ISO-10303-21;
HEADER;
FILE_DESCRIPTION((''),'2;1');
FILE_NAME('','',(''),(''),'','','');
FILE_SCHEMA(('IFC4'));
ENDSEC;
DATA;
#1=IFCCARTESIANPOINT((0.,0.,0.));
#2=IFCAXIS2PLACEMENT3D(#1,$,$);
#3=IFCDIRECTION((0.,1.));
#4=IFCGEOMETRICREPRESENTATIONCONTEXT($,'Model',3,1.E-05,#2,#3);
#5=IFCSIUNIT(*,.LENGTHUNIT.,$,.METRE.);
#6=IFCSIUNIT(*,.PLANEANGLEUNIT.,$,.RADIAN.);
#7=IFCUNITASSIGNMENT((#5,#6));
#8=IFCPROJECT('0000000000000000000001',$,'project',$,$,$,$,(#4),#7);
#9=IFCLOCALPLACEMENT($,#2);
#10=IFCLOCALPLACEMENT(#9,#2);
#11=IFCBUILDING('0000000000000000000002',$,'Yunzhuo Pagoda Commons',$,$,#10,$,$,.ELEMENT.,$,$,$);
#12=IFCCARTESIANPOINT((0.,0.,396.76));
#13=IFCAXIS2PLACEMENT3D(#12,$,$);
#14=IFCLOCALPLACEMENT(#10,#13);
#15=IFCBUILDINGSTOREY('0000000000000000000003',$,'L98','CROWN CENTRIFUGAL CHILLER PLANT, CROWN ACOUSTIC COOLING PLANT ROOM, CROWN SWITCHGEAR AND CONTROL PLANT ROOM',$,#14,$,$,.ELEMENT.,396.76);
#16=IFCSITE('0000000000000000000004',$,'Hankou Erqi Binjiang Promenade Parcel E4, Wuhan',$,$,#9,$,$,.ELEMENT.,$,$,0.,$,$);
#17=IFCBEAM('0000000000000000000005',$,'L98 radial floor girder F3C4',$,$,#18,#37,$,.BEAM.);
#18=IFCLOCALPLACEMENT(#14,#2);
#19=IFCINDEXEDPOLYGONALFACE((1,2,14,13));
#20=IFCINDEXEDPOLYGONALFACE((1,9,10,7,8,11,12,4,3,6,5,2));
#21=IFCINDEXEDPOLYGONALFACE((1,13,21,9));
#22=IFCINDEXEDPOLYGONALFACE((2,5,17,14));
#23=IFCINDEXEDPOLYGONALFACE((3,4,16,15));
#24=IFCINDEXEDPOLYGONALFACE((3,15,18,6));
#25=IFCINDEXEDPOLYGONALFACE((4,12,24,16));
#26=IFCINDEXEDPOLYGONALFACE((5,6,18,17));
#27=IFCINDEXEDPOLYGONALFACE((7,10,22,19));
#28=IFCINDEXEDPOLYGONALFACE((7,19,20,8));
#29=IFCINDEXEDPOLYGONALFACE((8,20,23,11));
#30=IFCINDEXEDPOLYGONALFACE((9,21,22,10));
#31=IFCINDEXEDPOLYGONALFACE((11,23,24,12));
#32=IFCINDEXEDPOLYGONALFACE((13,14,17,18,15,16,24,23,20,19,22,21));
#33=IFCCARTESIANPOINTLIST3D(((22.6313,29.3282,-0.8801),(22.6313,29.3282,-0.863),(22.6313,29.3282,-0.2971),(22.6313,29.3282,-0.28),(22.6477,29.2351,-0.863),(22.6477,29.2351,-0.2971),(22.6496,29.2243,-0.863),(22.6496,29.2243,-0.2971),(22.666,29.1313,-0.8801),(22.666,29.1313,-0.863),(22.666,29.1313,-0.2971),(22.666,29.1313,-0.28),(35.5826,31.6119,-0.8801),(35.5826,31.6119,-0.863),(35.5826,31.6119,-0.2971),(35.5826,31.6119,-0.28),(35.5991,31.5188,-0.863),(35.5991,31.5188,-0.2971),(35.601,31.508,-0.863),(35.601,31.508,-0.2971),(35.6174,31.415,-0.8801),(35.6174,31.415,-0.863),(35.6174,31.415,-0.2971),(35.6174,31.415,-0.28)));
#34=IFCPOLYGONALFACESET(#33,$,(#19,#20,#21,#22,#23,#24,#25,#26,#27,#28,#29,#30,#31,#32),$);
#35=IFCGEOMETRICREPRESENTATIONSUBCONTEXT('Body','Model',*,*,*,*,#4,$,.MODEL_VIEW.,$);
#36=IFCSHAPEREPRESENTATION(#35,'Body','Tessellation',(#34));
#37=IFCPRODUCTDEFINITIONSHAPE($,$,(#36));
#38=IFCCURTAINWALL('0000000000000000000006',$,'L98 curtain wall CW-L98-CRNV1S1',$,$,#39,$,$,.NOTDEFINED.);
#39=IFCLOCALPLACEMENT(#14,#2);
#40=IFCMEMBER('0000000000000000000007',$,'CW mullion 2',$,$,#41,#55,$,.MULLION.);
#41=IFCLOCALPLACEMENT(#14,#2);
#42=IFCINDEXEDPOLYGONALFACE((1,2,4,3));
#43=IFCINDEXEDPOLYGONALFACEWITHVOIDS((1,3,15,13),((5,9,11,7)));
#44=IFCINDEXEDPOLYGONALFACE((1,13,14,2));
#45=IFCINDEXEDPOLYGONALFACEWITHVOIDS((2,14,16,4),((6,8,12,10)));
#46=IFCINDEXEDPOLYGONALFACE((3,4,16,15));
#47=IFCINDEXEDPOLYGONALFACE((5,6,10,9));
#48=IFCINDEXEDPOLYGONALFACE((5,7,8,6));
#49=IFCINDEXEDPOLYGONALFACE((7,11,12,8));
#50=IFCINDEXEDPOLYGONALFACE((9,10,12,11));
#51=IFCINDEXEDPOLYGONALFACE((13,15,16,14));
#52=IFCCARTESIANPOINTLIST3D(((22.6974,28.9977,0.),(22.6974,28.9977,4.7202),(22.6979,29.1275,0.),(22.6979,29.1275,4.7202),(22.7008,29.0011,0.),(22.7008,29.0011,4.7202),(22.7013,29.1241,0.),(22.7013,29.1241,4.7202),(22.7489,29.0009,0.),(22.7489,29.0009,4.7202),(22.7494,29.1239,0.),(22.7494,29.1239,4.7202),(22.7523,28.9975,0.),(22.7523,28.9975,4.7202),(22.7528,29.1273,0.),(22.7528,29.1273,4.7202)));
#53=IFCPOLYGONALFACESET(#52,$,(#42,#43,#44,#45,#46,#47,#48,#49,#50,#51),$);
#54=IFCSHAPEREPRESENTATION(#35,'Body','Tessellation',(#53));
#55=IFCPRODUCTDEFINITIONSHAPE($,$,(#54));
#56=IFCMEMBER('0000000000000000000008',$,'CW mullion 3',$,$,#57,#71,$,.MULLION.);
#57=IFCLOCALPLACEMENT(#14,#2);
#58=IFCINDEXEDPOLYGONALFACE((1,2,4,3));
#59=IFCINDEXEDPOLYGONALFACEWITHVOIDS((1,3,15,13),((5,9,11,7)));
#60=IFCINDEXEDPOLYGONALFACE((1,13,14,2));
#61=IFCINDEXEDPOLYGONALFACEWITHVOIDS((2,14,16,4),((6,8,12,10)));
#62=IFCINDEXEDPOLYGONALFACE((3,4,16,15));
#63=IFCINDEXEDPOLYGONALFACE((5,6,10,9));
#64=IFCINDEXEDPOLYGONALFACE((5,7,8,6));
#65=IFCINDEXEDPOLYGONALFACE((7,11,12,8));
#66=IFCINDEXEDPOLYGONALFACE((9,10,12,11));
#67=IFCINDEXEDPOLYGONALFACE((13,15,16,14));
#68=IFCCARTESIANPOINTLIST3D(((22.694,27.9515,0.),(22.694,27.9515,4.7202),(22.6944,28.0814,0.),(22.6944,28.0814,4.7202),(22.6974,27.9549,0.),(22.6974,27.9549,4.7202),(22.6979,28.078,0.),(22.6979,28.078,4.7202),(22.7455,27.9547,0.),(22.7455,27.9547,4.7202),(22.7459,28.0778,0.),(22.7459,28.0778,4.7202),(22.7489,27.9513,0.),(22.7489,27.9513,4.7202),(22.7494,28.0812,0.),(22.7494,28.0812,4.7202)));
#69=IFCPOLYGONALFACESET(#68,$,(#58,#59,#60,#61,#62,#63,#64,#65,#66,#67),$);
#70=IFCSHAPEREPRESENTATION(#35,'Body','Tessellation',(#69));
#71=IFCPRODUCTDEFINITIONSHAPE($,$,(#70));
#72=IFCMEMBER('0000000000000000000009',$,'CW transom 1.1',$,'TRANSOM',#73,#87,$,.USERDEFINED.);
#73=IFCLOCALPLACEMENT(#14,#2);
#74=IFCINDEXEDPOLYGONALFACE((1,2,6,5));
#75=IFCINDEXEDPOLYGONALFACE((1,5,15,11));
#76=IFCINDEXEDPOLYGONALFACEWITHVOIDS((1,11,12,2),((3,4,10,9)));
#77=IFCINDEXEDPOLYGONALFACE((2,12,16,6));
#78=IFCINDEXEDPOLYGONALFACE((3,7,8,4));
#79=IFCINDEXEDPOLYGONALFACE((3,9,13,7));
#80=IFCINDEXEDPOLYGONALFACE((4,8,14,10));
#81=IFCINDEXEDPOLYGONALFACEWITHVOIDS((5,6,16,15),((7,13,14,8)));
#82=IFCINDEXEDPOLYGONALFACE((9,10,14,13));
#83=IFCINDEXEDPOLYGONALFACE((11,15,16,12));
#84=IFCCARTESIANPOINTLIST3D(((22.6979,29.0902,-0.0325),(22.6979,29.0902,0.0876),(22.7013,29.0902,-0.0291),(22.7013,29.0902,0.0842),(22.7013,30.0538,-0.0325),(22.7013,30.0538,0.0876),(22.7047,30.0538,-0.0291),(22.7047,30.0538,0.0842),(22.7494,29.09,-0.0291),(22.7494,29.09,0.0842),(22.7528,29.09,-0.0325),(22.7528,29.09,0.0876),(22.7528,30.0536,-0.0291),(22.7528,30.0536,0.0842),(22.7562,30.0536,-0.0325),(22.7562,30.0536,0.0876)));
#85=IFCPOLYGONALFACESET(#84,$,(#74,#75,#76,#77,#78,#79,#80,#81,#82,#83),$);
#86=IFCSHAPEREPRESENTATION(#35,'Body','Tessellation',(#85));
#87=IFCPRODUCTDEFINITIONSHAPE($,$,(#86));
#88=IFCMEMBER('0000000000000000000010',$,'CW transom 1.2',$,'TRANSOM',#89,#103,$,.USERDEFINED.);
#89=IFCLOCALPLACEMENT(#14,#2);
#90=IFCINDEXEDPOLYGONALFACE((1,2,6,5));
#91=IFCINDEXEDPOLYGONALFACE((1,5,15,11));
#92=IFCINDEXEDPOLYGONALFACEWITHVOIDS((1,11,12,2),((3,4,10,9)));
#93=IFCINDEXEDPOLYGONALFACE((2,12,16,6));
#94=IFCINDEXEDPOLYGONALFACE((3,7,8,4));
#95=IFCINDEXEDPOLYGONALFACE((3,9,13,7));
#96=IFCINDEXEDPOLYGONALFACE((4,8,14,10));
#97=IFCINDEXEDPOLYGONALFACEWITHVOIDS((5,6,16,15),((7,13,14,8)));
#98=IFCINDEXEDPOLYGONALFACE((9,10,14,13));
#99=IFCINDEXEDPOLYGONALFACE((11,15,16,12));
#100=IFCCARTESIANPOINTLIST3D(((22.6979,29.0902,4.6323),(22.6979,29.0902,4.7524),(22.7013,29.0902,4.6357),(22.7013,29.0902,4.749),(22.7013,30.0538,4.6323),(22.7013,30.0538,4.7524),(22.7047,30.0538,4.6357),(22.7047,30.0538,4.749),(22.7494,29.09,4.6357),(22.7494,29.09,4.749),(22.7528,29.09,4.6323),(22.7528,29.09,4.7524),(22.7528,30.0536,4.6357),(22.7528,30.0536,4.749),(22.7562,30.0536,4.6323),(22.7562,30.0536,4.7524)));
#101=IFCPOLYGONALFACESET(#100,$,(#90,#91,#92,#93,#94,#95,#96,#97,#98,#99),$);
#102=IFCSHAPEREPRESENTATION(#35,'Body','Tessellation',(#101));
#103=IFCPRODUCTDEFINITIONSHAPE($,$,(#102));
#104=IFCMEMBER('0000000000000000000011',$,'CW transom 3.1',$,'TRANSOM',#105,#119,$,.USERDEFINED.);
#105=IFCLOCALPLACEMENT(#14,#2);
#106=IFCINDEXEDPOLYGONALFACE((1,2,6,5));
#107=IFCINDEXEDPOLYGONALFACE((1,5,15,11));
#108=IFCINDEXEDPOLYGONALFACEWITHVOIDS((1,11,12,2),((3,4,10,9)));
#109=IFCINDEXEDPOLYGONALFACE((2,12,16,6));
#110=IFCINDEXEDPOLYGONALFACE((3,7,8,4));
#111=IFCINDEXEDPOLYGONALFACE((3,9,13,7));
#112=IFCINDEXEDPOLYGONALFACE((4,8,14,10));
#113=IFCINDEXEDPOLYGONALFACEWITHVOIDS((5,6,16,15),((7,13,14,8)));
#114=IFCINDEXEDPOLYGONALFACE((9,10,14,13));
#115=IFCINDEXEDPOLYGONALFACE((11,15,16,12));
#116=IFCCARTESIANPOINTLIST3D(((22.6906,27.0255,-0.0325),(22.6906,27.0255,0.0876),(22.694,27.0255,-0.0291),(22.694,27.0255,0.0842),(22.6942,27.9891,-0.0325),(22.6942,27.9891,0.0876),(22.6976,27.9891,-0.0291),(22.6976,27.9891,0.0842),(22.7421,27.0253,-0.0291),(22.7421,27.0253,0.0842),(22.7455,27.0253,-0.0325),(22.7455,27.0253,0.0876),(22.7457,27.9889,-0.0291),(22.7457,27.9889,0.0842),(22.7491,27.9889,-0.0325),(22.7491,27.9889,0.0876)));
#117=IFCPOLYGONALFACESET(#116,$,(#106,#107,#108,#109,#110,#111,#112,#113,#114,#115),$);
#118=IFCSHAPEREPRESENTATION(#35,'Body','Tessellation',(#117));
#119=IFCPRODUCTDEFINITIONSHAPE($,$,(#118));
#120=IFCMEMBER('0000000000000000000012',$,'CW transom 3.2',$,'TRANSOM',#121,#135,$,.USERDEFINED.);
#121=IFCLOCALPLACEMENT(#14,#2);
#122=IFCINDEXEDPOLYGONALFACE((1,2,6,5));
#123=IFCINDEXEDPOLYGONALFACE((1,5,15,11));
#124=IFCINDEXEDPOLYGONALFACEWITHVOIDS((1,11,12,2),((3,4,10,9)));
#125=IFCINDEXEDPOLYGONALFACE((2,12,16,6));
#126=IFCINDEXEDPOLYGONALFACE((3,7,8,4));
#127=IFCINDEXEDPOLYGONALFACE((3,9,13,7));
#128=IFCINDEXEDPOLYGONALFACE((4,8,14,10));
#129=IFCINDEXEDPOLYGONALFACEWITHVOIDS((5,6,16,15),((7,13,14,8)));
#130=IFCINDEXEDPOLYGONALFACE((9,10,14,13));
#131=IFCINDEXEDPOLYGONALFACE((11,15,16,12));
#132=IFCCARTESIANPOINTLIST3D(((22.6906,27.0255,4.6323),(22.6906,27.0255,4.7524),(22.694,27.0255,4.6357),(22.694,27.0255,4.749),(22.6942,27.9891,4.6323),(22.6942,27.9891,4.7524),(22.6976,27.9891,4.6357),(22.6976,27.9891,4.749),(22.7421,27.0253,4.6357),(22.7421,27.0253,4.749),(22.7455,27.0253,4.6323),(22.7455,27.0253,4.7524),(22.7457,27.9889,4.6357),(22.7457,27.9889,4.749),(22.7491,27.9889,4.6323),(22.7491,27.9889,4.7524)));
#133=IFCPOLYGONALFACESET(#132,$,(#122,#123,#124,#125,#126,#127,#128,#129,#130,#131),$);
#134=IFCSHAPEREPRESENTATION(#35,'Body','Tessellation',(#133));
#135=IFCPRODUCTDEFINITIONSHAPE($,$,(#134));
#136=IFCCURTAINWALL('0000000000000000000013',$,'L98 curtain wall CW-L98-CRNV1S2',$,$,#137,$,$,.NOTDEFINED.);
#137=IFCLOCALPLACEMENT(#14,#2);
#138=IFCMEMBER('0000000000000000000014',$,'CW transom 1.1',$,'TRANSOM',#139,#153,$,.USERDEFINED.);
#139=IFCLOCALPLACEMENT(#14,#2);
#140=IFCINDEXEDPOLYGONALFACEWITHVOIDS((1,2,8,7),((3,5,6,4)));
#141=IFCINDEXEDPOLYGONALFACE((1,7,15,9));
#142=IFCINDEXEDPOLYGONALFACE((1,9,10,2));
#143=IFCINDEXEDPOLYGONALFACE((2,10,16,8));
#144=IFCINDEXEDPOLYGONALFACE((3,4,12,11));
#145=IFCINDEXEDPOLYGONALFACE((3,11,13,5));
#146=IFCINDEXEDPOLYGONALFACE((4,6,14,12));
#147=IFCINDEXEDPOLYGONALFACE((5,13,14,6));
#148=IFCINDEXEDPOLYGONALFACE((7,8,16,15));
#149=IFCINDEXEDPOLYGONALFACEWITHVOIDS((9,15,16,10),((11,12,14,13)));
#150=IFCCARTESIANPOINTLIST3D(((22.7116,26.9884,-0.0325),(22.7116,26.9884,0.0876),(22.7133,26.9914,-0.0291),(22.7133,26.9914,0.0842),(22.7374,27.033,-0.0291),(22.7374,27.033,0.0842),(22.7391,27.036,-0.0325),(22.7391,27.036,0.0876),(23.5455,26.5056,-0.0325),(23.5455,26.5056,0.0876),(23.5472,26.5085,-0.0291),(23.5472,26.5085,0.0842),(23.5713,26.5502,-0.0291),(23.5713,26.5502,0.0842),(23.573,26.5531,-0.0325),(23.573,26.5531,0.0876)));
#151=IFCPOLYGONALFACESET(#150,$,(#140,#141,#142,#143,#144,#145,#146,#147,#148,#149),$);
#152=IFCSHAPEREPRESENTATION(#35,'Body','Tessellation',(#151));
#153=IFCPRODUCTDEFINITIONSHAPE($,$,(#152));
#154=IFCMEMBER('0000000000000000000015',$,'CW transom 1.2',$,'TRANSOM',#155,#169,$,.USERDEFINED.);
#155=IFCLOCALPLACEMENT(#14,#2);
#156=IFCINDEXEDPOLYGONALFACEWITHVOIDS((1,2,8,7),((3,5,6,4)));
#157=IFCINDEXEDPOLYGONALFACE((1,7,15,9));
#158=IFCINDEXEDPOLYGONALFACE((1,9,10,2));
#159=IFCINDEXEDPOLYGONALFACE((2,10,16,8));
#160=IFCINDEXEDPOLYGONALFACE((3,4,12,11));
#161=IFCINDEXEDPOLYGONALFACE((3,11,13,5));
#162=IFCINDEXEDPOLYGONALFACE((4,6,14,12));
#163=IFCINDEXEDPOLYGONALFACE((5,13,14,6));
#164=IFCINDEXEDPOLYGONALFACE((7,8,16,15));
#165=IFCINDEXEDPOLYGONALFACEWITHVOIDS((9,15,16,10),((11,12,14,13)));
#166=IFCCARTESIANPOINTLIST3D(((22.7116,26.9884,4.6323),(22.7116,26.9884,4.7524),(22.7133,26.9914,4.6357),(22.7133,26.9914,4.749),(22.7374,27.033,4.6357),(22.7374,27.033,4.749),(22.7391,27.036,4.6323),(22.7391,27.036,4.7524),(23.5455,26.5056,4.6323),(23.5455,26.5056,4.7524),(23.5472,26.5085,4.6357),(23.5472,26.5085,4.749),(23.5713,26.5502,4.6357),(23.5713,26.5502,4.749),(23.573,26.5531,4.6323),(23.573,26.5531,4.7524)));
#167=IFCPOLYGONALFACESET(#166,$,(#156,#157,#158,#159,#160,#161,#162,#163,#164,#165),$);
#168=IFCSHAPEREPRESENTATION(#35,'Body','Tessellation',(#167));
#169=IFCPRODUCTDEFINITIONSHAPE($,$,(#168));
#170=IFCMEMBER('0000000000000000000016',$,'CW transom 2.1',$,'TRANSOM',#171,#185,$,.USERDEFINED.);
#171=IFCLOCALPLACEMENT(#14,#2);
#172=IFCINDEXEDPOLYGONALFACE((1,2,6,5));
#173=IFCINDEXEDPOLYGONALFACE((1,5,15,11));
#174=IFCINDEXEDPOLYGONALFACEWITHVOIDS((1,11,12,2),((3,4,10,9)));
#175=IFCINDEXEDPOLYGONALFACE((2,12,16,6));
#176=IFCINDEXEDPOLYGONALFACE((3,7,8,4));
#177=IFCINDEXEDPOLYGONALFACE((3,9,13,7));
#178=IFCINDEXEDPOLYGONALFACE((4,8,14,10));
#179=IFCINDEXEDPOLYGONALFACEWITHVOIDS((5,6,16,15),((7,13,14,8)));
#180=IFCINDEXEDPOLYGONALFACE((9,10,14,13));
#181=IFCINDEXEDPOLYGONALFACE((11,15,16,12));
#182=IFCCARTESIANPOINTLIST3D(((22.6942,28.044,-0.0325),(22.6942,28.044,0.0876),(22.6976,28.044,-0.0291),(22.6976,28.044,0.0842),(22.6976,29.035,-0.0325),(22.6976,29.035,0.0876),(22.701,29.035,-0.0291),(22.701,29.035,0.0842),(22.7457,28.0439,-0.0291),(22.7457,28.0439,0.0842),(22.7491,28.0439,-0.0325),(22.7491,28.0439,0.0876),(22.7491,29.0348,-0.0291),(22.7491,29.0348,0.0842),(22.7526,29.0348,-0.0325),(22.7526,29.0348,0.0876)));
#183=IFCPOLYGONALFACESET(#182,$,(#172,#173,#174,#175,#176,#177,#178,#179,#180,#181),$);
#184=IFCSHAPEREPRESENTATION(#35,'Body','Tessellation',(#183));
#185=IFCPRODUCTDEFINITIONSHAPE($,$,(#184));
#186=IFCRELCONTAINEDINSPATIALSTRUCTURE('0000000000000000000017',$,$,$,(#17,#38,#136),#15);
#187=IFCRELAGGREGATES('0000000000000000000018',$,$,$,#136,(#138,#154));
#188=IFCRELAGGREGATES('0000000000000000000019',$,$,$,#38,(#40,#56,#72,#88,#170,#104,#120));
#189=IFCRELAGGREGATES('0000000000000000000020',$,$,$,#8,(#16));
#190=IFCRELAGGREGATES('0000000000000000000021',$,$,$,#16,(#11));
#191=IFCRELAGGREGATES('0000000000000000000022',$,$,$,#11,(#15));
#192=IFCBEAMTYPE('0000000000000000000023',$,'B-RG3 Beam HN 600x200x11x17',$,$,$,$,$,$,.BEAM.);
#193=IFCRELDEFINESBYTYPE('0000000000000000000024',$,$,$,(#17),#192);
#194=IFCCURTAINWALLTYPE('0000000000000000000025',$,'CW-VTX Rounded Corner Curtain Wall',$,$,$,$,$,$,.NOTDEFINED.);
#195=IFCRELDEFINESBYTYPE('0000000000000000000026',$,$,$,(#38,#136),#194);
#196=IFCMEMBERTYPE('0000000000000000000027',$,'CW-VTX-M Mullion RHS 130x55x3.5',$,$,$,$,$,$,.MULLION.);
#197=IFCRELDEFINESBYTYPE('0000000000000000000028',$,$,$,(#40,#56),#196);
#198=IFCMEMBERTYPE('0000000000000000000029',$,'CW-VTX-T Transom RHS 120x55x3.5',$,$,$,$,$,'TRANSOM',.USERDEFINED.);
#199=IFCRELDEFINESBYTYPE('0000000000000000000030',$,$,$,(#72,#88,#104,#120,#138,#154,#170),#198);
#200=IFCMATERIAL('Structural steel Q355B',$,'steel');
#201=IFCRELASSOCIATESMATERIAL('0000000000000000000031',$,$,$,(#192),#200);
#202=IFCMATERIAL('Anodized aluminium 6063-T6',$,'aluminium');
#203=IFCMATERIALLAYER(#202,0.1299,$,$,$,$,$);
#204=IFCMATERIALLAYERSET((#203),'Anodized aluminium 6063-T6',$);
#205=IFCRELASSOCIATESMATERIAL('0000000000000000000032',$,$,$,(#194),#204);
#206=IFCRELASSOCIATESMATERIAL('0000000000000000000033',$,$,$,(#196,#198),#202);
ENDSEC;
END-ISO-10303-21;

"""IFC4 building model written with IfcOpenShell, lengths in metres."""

from ifc_helpers import new_model, si_unit, direction, frame, origin, origin_2d, place, context, subcontext, project, spatial, hollow_rectangle, i_section, extrude, source, transform, mapped, material, layer, layer_set, material_profile, profile_set, type_object, element, aggregate, save


model = new_model("IFC4")

# Units and contexts
model_context = context("Model", 3, precision=1e-05, world=origin(), true_north=direction((0.0, 1.0)))
body_context = subcontext(model_context, "Body", "Model", "MODEL_VIEW")
ifc_project = project(units=[si_unit("LENGTHUNIT", "METRE"), si_unit("PLANEANGLEUNIT", "RADIAN")], contexts=[model_context])

# Site, building, storey
site_placement = place(None, origin())
site = spatial("IfcSite", under=ifc_project, at=site_placement, Name="Hankou Erqi Binjiang Promenade Parcel E4, Wuhan", CompositionType="ELEMENT", RefElevation=0.0)
building_placement = place(site_placement, origin())
building = spatial("IfcBuilding", under=site, at=building_placement, Name="Yunzhuo Pagoda Commons", CompositionType="ELEMENT")
storey_placement = place(building_placement, frame((0.0, 0.0, 396.76)))
storey = spatial("IfcBuildingStorey", under=building, at=storey_placement, Name="L98", Description="CROWN CENTRIFUGAL CHILLER PLANT, CROWN ACOUSTIC COOLING PLANT ROOM, CROWN SWITCHGEAR AND CONTROL PLANT ROOM", CompositionType="ELEMENT", Elevation=396.76)

# Beam
ifc_material_1 = material(Name="Structural steel Q355B", Category="steel")
ifc_material_profile_1 = material_profile(ifc_material_1, i_section(OverallWidth=0.2, OverallDepth=0.6001, WebThickness=0.011, FlangeThickness=0.0171, at=origin_2d()), Name="Structural steel Q355B")
ifc_profile_set_1 = profile_set([ifc_material_profile_1], Name="Structural steel Q355B")
beam_type = type_object("IfcBeamType", Name="B-RG3 Beam HN 600x200x11x17", PredefinedType="BEAM", material=ifc_profile_set_1)
shared_shape_1 = source(origin(), body_context, "Body", "SweptSolid", [
    extrude(i_section(OverallWidth=0.2, OverallDepth=0.6001, WebThickness=0.011, FlangeThickness=0.0171, at=origin_2d()), origin(), (0.0, 0.0, 1.0), 13.1511),
])
beam_placement = place(storey_placement, frame((22.6487, 29.2297, -0.5801), z_axis=(0.984808, 0.173649, 0.0), x_axis=(-0.173649, 0.984808, 0.0)))
element("IfcBeam", 1, at=beam_placement, inside=storey, type_object=beam_type, Name="L98 radial floor girder F3C4", PredefinedType="BEAM", context=body_context, shape_type="MappedRepresentation", body=[
    mapped(shared_shape_1, transform((0.0, 0.0, 0.0), scale=1.0)),
])

# Curtain walls, members
ifc_material_2 = material(Name="Anodized aluminium 6063-T6", Category="aluminium")
ifc_layer_1 = layer(ifc_material_2, 0.1299)
ifc_layer_set_1 = layer_set([ifc_layer_1], Name="Anodized aluminium 6063-T6")
curtain_wall_type = type_object("IfcCurtainWallType", Name="CW-VTX Rounded Corner Curtain Wall", PredefinedType="NOTDEFINED", material=ifc_layer_set_1)
curtain_wall_1_placement = place(storey_placement, origin())
curtain_wall_1 = element("IfcCurtainWall", 2, at=curtain_wall_1_placement, inside=storey, type_object=curtain_wall_type, Name="L98 curtain wall CW-L98-CRNV1S1", PredefinedType="NOTDEFINED")
ifc_material_profile_2 = material_profile(ifc_material_2, hollow_rectangle(XDim=0.0549, YDim=0.1299, WallThickness=0.0034, at=origin_2d()), Name="Anodized aluminium 6063-T6")
ifc_profile_set_2 = profile_set([ifc_material_profile_2], Name="Anodized aluminium 6063-T6")
member_type_1 = type_object("IfcMemberType", Name="CW-VTX-M Mullion RHS 130x55x3.5", PredefinedType="MULLION", material=ifc_profile_set_2)
shared_shape_2 = source(origin(), body_context, "Body", "SweptSolid", [
    extrude(hollow_rectangle(XDim=0.0549, YDim=0.1299, WallThickness=0.0034, at=origin_2d()), origin(), (0.0, 0.0, 1.0), 4.7202),
])
member_1_placement = place(storey_placement, frame((22.7251, 29.0625, 0.0), z_axis=(0.0, 0.0, 1.0), x_axis=(0.999994, -0.003569, 0.0)))
member_1 = element("IfcMember", 3, at=member_1_placement, type_object=member_type_1, Name="CW mullion 2", PredefinedType="MULLION", context=body_context, shape_type="MappedRepresentation", body=[
    mapped(shared_shape_2, transform((0.0, 0.0, 0.0), scale=1.0)),
])
member_2_placement = place(storey_placement, frame((22.7217, 28.0164, 0.0), z_axis=(0.0, 0.0, 1.0), x_axis=(0.999994, -0.003569, 0.0)))
member_2 = element("IfcMember", 4, at=member_2_placement, type_object=member_type_1, Name="CW mullion 3", PredefinedType="MULLION", context=body_context, shape_type="MappedRepresentation", body=[
    mapped(shared_shape_2, transform((0.0, 0.0, 0.0), scale=1.0)),
])
ifc_material_profile_3 = material_profile(ifc_material_2, hollow_rectangle(XDim=0.0549, YDim=0.1201, WallThickness=0.0034, at=origin_2d()), Name="Anodized aluminium 6063-T6")
ifc_profile_set_3 = profile_set([ifc_material_profile_3], Name="Anodized aluminium 6063-T6")
member_type_2 = type_object("IfcMemberType", Name="CW-VTX-T Transom RHS 120x55x3.5", ElementType="TRANSOM", PredefinedType="USERDEFINED", material=ifc_profile_set_3)
shared_shape_3 = source(origin(), body_context, "Body", "SweptSolid", [
    extrude(hollow_rectangle(XDim=0.0549, YDim=0.1201, WallThickness=0.0034, at=origin_2d()), origin(), (0.0, 0.0, 1.0), 0.9636),
])
member_3_placement = place(storey_placement, frame((22.7288, 30.0537, 0.0276), z_axis=(-0.003547, -0.999994, 0.0), x_axis=(0.999994, -0.003547, 0.0)))
member_3 = element("IfcMember", 5, at=member_3_placement, type_object=member_type_2, Name="CW transom 1.1", ObjectType="TRANSOM", PredefinedType="USERDEFINED", context=body_context, shape_type="MappedRepresentation", body=[
    mapped(shared_shape_3, transform((0.0, 0.0, 0.0), scale=1.0)),
])
member_4_placement = place(storey_placement, frame((22.7288, 30.0537, 4.6924), z_axis=(-0.003547, -0.999994, 0.0), x_axis=(0.999994, -0.003547, 0.0)))
member_4 = element("IfcMember", 6, at=member_4_placement, type_object=member_type_2, Name="CW transom 1.2", ObjectType="TRANSOM", PredefinedType="USERDEFINED", context=body_context, shape_type="MappedRepresentation", body=[
    mapped(shared_shape_3, transform((0.0, 0.0, 0.0), scale=1.0)),
])
member_5_placement = place(storey_placement, frame((22.7217, 27.989, 0.0276), z_axis=(-0.0038, -0.999993, 0.0), x_axis=(0.999993, -0.0038, 0.0)))
member_5 = element("IfcMember", 7, at=member_5_placement, type_object=member_type_2, Name="CW transom 3.1", ObjectType="TRANSOM", PredefinedType="USERDEFINED", context=body_context, shape_type="MappedRepresentation", body=[
    mapped(shared_shape_3, transform((0.0, 0.0, 0.0), scale=1.0)),
])
member_6_placement = place(storey_placement, frame((22.7217, 27.989, 4.6924), z_axis=(-0.0038, -0.999993, 0.0), x_axis=(0.999993, -0.0038, 0.0)))
member_6 = element("IfcMember", 8, at=member_6_placement, type_object=member_type_2, Name="CW transom 3.2", ObjectType="TRANSOM", PredefinedType="USERDEFINED", context=body_context, shape_type="MappedRepresentation", body=[
    mapped(shared_shape_3, transform((0.0, 0.0, 0.0), scale=1.0)),
])
curtain_wall_2_placement = place(storey_placement, origin())
curtain_wall_2 = element("IfcCurtainWall", 9, at=curtain_wall_2_placement, inside=storey, type_object=curtain_wall_type, Name="L98 curtain wall CW-L98-CRNV1S2", PredefinedType="NOTDEFINED")
member_7_placement = place(storey_placement, frame((22.7253, 27.0122, 0.0276), z_axis=(0.865392, -0.501096, 0.0), x_axis=(0.501096, 0.865392, 0.0)))
member_7 = element("IfcMember", 10, at=member_7_placement, type_object=member_type_2, Name="CW transom 1.1", ObjectType="TRANSOM", PredefinedType="USERDEFINED", context=body_context, shape_type="MappedRepresentation", body=[
    mapped(shared_shape_3, transform((0.0, 0.0, 0.0), scale=1.0)),
])
member_8_placement = place(storey_placement, frame((22.7253, 27.0122, 4.6924), z_axis=(0.865392, -0.501096, 0.0), x_axis=(0.501096, 0.865392, 0.0)))
member_8 = element("IfcMember", 11, at=member_8_placement, type_object=member_type_2, Name="CW transom 1.2", ObjectType="TRANSOM", PredefinedType="USERDEFINED", context=body_context, shape_type="MappedRepresentation", body=[
    mapped(shared_shape_3, transform((0.0, 0.0, 0.0), scale=1.0)),
])
aggregate(curtain_wall_2, [member_7, member_8])

# Member
shared_shape_4 = source(origin(), body_context, "Body", "SweptSolid", [
    extrude(hollow_rectangle(XDim=0.0549, YDim=0.1201, WallThickness=0.0034, at=origin_2d()), origin(), (0.0, 0.0, 1.0), 0.991),
])
member_9_placement = place(storey_placement, frame((22.7251, 29.0349, 0.0276), z_axis=(-0.003449, -0.999994, 0.0), x_axis=(0.999994, -0.003449, 0.0)))
member_9 = element("IfcMember", 12, at=member_9_placement, type_object=member_type_2, Name="CW transom 2.1", ObjectType="TRANSOM", PredefinedType="USERDEFINED", context=body_context, shape_type="MappedRepresentation", body=[
    mapped(shared_shape_4, transform((0.0, 0.0, 0.0), scale=1.0)),
])

aggregate(curtain_wall_1, [member_1, member_2, member_3, member_4, member_9, member_5, member_6])

save(model, "model.ifc")
